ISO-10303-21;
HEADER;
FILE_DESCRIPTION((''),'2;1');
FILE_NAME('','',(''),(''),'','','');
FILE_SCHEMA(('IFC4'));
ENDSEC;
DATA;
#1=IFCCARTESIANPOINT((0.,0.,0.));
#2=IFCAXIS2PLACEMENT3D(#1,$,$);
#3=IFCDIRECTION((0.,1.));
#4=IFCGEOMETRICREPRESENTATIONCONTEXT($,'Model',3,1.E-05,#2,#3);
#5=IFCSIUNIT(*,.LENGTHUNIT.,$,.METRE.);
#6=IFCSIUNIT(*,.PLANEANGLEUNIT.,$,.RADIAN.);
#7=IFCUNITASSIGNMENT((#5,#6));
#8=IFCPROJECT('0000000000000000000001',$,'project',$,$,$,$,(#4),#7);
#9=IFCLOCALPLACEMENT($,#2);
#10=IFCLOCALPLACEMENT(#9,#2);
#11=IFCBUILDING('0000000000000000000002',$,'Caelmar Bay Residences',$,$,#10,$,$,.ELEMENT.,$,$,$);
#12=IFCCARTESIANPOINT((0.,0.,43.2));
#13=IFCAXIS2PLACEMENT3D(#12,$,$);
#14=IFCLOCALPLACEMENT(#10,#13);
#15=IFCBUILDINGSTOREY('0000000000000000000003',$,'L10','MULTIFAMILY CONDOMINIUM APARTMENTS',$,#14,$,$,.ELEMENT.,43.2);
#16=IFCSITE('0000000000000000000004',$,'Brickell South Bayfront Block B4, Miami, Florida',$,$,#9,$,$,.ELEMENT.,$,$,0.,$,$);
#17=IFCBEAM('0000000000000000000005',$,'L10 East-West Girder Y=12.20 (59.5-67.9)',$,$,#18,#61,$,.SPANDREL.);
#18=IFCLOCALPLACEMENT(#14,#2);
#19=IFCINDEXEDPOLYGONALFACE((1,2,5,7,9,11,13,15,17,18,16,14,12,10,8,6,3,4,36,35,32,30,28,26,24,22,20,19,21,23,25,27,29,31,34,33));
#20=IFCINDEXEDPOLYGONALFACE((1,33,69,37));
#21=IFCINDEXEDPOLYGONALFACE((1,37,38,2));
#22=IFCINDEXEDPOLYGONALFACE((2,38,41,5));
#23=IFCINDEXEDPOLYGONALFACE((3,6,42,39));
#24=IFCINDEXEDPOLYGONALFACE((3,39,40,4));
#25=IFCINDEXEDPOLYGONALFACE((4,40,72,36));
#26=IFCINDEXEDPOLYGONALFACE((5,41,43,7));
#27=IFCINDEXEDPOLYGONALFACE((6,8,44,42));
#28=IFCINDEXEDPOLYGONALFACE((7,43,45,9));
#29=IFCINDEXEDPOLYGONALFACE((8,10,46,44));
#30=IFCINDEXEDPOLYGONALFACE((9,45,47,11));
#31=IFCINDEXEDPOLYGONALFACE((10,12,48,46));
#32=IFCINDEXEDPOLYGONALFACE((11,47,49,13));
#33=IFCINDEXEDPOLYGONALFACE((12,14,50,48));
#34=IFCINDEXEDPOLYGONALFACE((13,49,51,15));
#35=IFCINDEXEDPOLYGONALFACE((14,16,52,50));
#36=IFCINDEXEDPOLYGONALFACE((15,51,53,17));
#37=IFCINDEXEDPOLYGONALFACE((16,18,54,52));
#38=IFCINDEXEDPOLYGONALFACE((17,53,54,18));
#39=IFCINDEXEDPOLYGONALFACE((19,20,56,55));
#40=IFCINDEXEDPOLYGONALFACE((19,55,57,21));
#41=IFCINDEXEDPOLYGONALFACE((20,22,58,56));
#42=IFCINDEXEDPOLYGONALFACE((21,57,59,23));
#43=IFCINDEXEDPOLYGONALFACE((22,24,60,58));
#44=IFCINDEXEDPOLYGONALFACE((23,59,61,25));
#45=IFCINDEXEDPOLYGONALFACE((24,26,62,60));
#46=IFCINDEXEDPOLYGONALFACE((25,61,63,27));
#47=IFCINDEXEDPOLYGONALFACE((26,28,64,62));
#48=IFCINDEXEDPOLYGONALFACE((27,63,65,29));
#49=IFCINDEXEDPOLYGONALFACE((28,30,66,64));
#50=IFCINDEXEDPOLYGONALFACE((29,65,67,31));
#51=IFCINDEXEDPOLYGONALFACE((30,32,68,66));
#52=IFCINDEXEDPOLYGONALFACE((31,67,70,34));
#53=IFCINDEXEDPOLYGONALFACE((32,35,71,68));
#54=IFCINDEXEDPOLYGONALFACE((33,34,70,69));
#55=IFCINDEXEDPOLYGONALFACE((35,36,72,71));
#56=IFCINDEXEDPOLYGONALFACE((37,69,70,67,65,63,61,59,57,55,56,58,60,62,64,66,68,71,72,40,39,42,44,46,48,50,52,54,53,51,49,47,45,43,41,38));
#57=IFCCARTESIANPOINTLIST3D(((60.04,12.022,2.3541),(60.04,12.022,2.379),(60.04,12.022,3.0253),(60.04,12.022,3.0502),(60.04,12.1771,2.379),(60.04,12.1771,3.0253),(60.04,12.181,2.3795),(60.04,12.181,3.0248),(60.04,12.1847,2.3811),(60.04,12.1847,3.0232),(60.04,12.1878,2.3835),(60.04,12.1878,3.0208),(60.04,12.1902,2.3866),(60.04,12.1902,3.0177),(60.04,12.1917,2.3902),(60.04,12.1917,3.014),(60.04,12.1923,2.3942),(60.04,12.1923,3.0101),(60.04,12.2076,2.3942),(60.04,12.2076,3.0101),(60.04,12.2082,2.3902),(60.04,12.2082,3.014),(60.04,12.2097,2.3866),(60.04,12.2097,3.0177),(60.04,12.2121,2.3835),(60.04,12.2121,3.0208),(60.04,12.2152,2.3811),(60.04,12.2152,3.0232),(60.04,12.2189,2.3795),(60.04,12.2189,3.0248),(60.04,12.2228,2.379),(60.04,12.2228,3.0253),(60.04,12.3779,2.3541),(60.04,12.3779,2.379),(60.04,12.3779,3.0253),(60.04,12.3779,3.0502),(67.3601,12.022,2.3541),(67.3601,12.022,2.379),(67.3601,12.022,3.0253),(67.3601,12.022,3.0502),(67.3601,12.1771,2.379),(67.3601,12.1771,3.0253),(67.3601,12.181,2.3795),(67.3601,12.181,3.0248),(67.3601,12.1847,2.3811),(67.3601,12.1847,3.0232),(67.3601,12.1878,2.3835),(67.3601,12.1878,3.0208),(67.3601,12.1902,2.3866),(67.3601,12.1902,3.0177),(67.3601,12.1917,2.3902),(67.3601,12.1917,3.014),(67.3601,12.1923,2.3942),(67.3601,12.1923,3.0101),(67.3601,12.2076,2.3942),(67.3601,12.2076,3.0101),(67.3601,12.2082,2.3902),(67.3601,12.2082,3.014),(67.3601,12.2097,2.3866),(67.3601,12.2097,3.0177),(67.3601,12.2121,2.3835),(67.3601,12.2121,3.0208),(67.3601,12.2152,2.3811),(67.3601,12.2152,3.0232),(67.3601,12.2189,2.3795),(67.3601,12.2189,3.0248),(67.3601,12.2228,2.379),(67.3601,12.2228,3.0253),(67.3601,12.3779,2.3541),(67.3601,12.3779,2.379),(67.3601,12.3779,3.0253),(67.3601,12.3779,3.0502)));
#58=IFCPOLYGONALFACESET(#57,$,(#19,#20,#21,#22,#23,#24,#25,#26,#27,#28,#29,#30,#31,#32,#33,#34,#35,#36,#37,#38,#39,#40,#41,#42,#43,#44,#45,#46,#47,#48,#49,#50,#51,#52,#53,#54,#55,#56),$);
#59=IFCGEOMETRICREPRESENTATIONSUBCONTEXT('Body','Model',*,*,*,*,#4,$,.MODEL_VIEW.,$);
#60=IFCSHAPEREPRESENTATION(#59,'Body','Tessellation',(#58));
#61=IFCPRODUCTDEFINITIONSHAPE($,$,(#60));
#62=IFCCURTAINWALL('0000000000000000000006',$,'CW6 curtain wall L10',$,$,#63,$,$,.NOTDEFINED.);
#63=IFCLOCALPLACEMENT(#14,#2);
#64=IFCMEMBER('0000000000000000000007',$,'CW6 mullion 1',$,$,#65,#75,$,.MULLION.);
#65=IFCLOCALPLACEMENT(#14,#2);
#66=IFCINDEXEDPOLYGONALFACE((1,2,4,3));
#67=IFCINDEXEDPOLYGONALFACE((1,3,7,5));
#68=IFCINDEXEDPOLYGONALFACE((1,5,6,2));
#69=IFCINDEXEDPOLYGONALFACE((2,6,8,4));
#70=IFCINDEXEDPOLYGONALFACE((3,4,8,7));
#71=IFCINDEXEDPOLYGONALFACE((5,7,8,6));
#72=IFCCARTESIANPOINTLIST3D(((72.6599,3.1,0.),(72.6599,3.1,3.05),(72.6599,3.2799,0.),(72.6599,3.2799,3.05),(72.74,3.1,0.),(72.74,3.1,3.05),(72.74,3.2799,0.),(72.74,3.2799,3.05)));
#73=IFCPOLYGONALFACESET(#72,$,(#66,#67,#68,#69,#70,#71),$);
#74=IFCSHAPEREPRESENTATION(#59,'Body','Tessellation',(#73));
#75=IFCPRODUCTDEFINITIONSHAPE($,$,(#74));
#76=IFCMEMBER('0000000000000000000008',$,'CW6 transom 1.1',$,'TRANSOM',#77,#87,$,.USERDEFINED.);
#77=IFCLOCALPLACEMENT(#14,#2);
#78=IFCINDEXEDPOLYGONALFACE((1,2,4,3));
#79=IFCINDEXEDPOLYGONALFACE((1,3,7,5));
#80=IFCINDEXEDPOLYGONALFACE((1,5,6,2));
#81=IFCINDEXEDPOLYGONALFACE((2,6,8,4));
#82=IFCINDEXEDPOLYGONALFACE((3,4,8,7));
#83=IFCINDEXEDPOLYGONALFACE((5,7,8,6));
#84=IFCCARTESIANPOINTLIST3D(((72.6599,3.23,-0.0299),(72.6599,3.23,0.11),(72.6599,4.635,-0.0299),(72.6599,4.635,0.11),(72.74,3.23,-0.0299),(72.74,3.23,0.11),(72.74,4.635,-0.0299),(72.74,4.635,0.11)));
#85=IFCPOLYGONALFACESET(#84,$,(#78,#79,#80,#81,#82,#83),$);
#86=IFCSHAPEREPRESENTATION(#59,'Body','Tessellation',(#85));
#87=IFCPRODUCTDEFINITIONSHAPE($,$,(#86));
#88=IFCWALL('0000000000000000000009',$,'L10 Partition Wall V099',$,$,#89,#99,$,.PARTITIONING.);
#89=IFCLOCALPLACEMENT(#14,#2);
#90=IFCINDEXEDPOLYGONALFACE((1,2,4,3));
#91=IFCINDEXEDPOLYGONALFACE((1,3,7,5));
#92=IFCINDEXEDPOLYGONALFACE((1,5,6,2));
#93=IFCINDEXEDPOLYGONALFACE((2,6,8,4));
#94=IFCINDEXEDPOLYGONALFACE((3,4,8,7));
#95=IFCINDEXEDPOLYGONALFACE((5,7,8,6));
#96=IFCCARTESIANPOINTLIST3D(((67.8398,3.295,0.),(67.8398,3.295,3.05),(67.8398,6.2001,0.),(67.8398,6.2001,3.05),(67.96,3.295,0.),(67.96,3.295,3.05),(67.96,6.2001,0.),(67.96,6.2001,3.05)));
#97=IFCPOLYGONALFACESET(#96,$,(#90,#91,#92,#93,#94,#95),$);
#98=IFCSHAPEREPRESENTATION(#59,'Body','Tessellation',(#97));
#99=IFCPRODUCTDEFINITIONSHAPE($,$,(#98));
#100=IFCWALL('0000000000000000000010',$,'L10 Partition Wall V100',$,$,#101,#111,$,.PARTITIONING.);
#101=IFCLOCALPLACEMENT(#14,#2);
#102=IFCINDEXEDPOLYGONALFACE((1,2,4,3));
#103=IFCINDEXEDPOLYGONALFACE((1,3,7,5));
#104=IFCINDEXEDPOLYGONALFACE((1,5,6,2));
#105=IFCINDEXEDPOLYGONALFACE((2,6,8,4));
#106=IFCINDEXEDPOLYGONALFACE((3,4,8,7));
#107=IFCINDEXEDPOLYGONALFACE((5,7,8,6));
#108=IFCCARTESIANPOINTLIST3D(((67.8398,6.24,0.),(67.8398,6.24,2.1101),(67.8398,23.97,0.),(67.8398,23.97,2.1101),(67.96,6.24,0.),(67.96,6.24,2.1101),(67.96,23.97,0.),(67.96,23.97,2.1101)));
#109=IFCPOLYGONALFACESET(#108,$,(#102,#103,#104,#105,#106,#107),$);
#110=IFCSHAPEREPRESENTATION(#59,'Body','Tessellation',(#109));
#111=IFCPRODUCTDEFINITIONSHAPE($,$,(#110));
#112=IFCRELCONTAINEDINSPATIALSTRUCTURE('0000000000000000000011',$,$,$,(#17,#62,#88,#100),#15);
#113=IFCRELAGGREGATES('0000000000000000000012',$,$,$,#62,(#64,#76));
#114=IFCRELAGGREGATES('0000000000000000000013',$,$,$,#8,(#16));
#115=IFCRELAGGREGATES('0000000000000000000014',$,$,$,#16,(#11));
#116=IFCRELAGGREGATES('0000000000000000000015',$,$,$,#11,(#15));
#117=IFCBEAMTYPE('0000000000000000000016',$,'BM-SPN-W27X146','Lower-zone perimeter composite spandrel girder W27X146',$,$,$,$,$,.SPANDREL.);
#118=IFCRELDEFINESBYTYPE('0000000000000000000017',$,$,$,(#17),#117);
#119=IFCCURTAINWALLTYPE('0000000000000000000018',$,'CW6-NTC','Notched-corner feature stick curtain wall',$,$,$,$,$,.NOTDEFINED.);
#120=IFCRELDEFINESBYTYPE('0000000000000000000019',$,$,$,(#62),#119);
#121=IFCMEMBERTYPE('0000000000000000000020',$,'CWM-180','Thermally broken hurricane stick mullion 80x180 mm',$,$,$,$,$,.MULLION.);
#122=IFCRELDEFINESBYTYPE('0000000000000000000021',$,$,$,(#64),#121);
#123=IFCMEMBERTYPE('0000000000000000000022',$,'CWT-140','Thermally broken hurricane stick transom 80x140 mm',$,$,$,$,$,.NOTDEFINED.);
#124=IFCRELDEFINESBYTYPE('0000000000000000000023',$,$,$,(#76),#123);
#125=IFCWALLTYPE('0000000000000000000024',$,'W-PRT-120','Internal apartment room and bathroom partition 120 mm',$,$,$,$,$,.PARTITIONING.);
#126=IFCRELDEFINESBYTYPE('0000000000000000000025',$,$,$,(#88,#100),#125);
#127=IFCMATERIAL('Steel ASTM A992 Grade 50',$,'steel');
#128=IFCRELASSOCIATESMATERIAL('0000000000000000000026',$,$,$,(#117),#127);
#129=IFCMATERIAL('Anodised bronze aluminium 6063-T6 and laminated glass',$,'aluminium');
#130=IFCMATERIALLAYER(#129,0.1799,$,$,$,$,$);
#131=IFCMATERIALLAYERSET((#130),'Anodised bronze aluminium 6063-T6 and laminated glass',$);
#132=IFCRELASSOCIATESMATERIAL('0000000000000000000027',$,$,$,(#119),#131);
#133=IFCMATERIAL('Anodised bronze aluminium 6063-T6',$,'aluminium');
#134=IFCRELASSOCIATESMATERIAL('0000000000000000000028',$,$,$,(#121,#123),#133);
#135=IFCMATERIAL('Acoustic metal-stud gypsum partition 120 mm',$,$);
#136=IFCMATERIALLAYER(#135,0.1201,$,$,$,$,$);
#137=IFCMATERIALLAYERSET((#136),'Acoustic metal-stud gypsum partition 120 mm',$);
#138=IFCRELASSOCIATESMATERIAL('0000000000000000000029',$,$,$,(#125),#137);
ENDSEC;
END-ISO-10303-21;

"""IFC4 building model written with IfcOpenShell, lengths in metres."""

from ifc_helpers import new_model, si_unit, direction, frame, frame_2d, origin, origin_2d, place, context, subcontext, project, spatial, rectangle, i_section, extrude, material, layer, layer_set, material_profile, profile_set, type_object, element, aggregate, save


model = new_model("IFC4")

# Units and contexts
model_context = context("Model", 3, precision=1e-05, world=origin(), true_north=direction((0.0, 1.0)))
body_context = subcontext(model_context, "Body", "Model", "MODEL_VIEW")
ifc_project = project(units=[si_unit("LENGTHUNIT", "METRE"), si_unit("PLANEANGLEUNIT", "RADIAN")], contexts=[model_context])

# Site, building, storey
site_placement = place(None, origin())
site = spatial("IfcSite", under=ifc_project, at=site_placement, Name="Brickell South Bayfront Block B4, Miami, Florida", CompositionType="ELEMENT", RefElevation=0.0)
building_placement = place(site_placement, origin())
building = spatial("IfcBuilding", under=site, at=building_placement, Name="Caelmar Bay Residences", CompositionType="ELEMENT")
storey_placement = place(building_placement, frame((0.0, 0.0, 43.2)))
storey = spatial("IfcBuildingStorey", under=building, at=storey_placement, Name="L10", Description="MULTIFAMILY CONDOMINIUM APARTMENTS", CompositionType="ELEMENT", Elevation=43.2)

# Beam
ifc_material_1 = material(Name="Steel ASTM A992 Grade 50", Category="steel")
ifc_material_profile_1 = material_profile(ifc_material_1, i_section(OverallWidth=0.356, OverallDepth=0.696, WebThickness=0.0154, FlangeThickness=0.0249, FilletRadius=0.0151, at=origin_2d()), Name="W27X146")
ifc_profile_set_1 = profile_set([ifc_material_profile_1], Name="Steel ASTM A992 Grade 50")
beam_type_1 = type_object("IfcBeamType", Name="BM-SPN-W27X146", Description="Lower-zone perimeter composite spandrel girder W27X146", PredefinedType="SPANDREL", material=ifc_profile_set_1)
beam_1_placement = place(storey_placement, frame((60.04, 12.2, 2.7021), z_axis=(1.0, 0.0, 0.0), x_axis=(0.0, 1.0, 0.0)))
element("IfcBeam", 1, at=beam_1_placement, inside=storey, type_object=beam_type_1, Name="L10 East-West Girder Y=12.20 (59.5-67.9)", PredefinedType="SPANDREL", context=body_context, shape_type="SweptSolid", body=[
    extrude(i_section(OverallWidth=0.356, OverallDepth=0.696, WebThickness=0.0154, FlangeThickness=0.0249, FilletRadius=0.0151, at=origin_2d()), origin(), (0.0, 0.0, 1.0), 7.3201),
])

# Curtain wall, members
ifc_material_2 = material(Name="Anodised bronze aluminium 6063-T6 and laminated glass", Category="aluminium")
ifc_layer_1 = layer(ifc_material_2, 0.1799)
ifc_layer_set_1 = layer_set([ifc_layer_1], Name="Anodised bronze aluminium 6063-T6 and laminated glass")
curtain_wall_type = type_object("IfcCurtainWallType", Name="CW6-NTC", Description="Notched-corner feature stick curtain wall", PredefinedType="NOTDEFINED", material=ifc_layer_set_1)
curtain_wall_placement = place(storey_placement, origin())
curtain_wall = element("IfcCurtainWall", 2, at=curtain_wall_placement, inside=storey, type_object=curtain_wall_type, Name="CW6 curtain wall L10", PredefinedType="NOTDEFINED")
ifc_material_3 = material(Name="Anodised bronze aluminium 6063-T6", Category="aluminium")
ifc_material_profile_2 = material_profile(ifc_material_3, rectangle(XDim=0.0801, YDim=0.1799, at=origin_2d()), Name="CWM-80X180")
ifc_profile_set_2 = profile_set([ifc_material_profile_2], Name="Anodised bronze aluminium 6063-T6")
member_type_1 = type_object("IfcMemberType", Name="CWM-180", Description="Thermally broken hurricane stick mullion 80x180 mm", PredefinedType="MULLION", material=ifc_profile_set_2)
member_1_placement = place(storey_placement, frame((72.7, 3.1899, 0.0), z_axis=(0.0, 0.0, 1.0), x_axis=(-1.0, 0.0, 0.0)))
member_1 = element("IfcMember", 3, at=member_1_placement, type_object=member_type_1, Name="CW6 mullion 1", PredefinedType="MULLION", context=body_context, shape_type="SweptSolid", body=[
    extrude(rectangle(XDim=0.0801, YDim=0.1799, at=origin_2d()), origin(), (0.0, 0.0, 1.0), 3.05),
])
ifc_material_profile_3 = material_profile(ifc_material_3, rectangle(XDim=0.0801, YDim=0.1399, at=origin_2d()), Name="CWT-80X140")
ifc_profile_set_3 = profile_set([ifc_material_profile_3], Name="Anodised bronze aluminium 6063-T6")
member_type_2 = type_object("IfcMemberType", Name="CWT-140", Description="Thermally broken hurricane stick transom 80x140 mm", PredefinedType="NOTDEFINED", material=ifc_profile_set_3)
member_2_placement = place(storey_placement, frame((72.7, 3.23, 0.04), z_axis=(0.0, 1.0, 0.0), x_axis=(-1.0, 0.0, 0.0)))
member_2 = element("IfcMember", 4, at=member_2_placement, type_object=member_type_2, Name="CW6 transom 1.1", ObjectType="TRANSOM", PredefinedType="USERDEFINED", context=body_context, shape_type="SweptSolid", body=[
    extrude(rectangle(XDim=0.0801, YDim=0.1399, at=origin_2d()), origin(), (0.0, 0.0, 1.0), 1.405),
])
aggregate(curtain_wall, [member_1, member_2])

# Walls
ifc_material_4 = material(Name="Acoustic metal-stud gypsum partition 120 mm")
ifc_layer_2 = layer(ifc_material_4, 0.1201)
ifc_layer_set_2 = layer_set([ifc_layer_2], Name="Acoustic metal-stud gypsum partition 120 mm")
wall_type_1 = type_object("IfcWallType", Name="W-PRT-120", Description="Internal apartment room and bathroom partition 120 mm", PredefinedType="PARTITIONING", material=ifc_layer_set_2)
wall_1_placement = place(storey_placement, frame((67.8999, 3.2949, 0.0), z_axis=(0.0, 0.0, 1.0), x_axis=(0.0, 1.0, 0.0)))
element("IfcWall", 5, at=wall_1_placement, inside=storey, type_object=wall_type_1, Name="L10 Partition Wall V099", PredefinedType="PARTITIONING", context=body_context, shape_type="SweptSolid", body=[
    extrude(rectangle(XDim=2.905, YDim=0.1201, at=frame_2d((1.4526, 0.0))), origin(), (0.0, 0.0, 1.0), 3.05),
])
wall_2_placement = place(storey_placement, frame((67.8999, 6.24, 0.0), z_axis=(0.0, 0.0, 1.0), x_axis=(0.0, 1.0, 0.0)))
element("IfcWall", 6, at=wall_2_placement, inside=storey, type_object=wall_type_1, Name="L10 Partition Wall V100", PredefinedType="PARTITIONING", context=body_context, shape_type="SweptSolid", body=[
    extrude(rectangle(XDim=17.73, YDim=0.1201, at=frame_2d((8.865, 0.0))), origin(), (0.0, 0.0, 1.0), 2.1101),
])

save(model, "model.ifc")
